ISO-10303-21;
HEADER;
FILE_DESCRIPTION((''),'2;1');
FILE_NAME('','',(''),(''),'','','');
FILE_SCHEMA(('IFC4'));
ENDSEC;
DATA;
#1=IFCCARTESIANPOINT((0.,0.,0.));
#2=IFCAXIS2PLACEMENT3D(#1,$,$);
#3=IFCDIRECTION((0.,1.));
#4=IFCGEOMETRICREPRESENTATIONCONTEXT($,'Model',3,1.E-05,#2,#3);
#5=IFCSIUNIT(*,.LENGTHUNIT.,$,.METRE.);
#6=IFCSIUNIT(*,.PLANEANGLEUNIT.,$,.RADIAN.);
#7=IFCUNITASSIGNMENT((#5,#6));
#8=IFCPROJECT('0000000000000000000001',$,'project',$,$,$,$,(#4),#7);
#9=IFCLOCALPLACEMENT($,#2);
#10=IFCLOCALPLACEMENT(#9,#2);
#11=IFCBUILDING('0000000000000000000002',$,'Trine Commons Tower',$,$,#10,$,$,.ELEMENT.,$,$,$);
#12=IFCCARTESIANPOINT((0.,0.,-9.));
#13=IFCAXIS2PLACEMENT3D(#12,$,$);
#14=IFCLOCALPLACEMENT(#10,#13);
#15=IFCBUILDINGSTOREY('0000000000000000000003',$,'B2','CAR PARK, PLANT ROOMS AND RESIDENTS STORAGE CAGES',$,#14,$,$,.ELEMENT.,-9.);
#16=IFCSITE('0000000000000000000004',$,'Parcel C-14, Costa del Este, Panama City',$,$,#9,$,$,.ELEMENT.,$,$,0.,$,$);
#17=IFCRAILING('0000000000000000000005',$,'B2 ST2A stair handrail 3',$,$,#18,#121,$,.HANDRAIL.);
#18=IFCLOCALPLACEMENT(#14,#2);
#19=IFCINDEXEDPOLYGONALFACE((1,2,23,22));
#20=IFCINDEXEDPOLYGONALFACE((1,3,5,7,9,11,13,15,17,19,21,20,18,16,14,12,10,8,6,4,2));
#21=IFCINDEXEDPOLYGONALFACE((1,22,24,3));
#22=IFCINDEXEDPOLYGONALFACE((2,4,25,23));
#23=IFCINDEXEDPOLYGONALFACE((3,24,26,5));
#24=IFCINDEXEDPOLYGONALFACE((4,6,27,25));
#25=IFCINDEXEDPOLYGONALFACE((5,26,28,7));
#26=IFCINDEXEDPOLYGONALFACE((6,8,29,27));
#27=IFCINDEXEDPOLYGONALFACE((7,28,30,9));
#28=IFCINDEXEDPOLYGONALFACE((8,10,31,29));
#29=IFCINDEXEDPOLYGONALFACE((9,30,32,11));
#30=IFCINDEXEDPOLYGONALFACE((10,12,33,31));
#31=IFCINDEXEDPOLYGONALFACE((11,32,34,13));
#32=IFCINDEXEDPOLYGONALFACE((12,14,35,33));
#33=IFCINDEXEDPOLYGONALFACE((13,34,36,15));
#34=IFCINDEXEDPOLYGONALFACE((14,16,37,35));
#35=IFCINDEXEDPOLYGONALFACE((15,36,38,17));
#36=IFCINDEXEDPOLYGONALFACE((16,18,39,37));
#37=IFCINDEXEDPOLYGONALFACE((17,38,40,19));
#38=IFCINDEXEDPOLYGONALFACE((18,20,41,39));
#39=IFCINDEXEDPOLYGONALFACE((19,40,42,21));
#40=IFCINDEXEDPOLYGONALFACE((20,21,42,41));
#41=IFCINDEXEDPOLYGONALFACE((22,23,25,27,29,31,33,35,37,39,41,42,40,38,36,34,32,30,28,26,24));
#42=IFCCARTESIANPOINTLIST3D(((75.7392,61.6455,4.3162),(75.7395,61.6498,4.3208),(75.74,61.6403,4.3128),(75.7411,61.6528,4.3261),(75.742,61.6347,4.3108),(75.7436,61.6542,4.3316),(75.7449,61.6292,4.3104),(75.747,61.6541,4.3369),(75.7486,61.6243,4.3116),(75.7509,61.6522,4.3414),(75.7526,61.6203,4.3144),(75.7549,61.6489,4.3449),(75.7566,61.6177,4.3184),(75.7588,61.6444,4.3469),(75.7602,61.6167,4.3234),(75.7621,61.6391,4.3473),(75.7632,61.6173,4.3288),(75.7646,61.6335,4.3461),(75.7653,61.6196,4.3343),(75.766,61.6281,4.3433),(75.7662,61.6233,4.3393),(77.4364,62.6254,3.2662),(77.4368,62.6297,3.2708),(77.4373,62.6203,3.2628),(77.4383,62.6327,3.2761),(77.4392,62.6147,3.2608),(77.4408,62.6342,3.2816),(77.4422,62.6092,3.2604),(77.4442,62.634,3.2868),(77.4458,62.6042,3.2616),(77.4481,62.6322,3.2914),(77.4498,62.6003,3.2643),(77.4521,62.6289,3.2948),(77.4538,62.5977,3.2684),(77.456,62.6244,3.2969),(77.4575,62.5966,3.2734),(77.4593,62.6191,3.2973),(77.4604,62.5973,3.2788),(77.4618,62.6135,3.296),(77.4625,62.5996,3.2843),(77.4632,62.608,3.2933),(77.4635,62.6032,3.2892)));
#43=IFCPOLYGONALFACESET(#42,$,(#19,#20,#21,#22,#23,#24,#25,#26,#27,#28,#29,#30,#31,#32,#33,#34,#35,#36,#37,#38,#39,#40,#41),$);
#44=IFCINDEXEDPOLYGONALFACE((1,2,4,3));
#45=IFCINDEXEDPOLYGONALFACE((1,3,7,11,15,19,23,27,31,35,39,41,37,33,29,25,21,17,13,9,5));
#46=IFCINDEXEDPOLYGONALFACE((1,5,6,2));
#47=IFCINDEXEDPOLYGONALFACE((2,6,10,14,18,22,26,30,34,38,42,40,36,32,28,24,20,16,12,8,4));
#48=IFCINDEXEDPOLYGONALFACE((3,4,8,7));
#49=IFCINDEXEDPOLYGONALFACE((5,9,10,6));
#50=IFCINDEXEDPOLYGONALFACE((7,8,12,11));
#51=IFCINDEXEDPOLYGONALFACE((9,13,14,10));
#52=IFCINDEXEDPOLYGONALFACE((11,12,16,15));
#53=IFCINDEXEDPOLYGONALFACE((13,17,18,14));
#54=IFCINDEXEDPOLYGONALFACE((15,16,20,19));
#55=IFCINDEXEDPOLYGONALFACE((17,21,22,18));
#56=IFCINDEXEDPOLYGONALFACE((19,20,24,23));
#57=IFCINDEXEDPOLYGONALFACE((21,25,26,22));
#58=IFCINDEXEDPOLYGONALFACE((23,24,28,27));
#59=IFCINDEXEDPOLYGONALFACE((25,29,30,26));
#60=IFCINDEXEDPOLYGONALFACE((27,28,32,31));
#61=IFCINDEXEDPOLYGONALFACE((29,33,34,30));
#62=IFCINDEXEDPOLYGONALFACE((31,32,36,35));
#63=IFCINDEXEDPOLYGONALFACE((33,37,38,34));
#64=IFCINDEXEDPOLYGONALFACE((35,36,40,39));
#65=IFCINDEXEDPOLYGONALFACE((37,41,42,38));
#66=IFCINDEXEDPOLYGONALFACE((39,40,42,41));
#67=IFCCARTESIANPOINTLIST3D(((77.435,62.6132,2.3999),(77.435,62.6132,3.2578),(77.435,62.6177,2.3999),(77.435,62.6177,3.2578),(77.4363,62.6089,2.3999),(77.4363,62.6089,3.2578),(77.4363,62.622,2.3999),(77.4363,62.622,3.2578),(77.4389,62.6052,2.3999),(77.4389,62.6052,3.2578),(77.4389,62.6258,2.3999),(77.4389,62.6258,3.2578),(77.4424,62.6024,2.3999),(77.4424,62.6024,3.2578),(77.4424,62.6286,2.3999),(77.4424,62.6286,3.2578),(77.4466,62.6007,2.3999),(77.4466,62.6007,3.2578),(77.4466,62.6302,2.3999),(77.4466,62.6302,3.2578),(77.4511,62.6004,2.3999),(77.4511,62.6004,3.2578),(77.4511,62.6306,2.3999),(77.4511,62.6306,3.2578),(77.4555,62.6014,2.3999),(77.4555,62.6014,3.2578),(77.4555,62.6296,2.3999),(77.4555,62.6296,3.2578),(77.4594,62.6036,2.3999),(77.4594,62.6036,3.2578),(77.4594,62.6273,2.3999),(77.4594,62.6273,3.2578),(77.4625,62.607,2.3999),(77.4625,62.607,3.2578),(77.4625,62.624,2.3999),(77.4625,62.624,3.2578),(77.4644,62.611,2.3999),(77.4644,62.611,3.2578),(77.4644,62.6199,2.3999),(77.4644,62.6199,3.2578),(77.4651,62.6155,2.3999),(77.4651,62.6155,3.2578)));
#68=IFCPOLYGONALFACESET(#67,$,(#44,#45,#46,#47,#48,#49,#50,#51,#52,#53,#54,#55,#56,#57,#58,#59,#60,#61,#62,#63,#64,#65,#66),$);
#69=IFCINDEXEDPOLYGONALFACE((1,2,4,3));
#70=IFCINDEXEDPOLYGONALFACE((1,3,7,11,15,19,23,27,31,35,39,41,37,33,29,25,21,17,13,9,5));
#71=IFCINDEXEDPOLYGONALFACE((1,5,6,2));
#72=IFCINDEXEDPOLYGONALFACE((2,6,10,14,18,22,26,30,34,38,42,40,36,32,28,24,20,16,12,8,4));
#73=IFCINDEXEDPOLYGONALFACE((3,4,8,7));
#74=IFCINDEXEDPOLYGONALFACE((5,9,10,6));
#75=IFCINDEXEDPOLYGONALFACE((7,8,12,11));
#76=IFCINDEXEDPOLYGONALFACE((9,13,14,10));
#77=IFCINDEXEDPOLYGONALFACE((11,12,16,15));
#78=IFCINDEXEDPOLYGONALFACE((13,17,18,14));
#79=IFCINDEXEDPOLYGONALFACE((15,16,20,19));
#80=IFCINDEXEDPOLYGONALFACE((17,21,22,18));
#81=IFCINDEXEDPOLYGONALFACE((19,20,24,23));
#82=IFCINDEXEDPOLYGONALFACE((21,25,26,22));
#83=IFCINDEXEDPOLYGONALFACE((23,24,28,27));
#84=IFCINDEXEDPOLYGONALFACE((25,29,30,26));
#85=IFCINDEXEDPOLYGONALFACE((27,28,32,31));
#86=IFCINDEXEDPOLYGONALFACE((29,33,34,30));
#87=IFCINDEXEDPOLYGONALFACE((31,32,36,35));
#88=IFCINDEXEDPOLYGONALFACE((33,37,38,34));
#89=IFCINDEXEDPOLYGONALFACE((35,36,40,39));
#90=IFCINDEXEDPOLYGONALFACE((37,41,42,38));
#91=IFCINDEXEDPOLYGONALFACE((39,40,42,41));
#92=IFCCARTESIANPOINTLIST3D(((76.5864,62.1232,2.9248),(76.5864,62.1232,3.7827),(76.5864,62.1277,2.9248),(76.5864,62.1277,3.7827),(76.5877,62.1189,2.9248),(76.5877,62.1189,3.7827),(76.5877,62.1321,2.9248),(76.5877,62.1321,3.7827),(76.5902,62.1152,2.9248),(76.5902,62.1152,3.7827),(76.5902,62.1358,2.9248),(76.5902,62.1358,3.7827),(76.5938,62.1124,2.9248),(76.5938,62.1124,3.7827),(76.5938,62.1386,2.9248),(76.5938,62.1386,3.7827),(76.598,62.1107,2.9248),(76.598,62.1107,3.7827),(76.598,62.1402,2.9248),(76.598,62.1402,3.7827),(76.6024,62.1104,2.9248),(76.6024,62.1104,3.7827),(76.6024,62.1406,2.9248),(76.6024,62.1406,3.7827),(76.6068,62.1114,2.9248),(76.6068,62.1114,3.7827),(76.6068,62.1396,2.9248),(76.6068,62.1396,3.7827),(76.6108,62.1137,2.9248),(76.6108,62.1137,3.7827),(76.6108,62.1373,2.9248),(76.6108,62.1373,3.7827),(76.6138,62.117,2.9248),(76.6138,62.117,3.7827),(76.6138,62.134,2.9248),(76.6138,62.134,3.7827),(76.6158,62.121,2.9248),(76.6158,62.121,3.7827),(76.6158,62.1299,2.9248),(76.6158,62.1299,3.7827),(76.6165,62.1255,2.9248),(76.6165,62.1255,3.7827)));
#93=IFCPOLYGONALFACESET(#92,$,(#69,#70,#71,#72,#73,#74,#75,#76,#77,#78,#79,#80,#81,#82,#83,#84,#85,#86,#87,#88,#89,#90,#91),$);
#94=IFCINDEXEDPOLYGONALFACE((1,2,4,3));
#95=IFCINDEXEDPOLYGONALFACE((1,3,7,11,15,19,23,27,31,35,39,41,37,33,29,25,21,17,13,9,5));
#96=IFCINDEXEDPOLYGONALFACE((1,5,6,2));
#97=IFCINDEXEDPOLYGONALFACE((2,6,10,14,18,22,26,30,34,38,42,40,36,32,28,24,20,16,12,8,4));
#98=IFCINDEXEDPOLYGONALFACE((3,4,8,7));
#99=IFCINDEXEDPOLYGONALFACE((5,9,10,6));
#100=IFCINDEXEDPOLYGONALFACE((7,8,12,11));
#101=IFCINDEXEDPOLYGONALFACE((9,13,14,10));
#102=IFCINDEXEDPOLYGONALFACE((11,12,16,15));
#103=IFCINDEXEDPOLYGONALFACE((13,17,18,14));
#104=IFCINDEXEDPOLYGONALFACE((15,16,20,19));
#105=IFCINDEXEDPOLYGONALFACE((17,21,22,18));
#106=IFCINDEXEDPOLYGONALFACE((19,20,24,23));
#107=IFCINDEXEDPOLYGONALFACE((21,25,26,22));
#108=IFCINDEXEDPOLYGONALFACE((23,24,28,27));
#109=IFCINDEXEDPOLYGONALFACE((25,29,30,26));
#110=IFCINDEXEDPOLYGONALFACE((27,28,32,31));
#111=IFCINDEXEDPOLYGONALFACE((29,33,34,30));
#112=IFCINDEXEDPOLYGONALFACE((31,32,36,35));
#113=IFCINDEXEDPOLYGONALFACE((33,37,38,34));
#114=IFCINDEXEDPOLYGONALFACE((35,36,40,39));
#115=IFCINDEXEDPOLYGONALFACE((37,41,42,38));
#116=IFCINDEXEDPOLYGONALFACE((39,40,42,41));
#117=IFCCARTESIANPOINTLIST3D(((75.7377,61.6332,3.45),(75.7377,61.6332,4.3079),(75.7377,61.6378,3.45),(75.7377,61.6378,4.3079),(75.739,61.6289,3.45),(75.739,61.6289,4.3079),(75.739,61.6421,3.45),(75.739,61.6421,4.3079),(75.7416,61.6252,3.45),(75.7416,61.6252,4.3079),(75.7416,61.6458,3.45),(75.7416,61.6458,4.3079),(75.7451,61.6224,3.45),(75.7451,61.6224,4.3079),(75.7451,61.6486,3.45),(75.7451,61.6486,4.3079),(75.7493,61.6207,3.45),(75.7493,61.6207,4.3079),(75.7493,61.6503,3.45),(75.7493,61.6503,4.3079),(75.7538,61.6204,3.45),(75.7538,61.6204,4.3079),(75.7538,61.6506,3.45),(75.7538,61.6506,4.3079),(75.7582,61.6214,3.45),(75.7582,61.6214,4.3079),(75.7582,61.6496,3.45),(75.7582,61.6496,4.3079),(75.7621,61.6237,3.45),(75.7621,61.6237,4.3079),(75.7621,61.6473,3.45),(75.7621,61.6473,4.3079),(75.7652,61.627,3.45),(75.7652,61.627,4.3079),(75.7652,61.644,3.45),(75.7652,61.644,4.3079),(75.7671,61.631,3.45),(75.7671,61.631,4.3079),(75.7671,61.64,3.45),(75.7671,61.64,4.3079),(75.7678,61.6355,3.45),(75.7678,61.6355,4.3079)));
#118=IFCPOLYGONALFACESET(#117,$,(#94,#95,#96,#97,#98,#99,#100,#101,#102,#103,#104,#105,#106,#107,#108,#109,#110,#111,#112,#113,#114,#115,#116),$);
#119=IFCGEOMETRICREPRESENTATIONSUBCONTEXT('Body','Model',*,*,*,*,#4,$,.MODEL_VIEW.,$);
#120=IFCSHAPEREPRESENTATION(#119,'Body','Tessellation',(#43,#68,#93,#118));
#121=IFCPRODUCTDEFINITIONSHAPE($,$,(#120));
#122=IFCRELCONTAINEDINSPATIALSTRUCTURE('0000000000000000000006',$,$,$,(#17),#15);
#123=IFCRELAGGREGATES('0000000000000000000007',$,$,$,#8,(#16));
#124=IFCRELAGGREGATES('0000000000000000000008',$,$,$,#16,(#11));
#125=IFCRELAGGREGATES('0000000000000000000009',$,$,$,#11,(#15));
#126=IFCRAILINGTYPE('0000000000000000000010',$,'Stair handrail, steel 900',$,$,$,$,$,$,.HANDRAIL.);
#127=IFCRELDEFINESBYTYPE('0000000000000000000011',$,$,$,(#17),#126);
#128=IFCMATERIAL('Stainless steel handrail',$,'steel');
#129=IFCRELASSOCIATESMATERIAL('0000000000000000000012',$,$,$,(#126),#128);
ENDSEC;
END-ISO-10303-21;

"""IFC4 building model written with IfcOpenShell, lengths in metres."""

from ifc_helpers import new_model, si_unit, direction, frame, origin, origin_2d, place, context, subcontext, project, spatial, circle, extrude, material, type_object, element, save


model = new_model("IFC4")

# Units and contexts
model_context = context("Model", 3, precision=1e-05, world=origin(), true_north=direction((0.0, 1.0)))
body_context = subcontext(model_context, "Body", "Model", "MODEL_VIEW")
ifc_project = project(units=[si_unit("LENGTHUNIT", "METRE"), si_unit("PLANEANGLEUNIT", "RADIAN")], contexts=[model_context])

# Site, building, storey
site_placement = place(None, origin())
site = spatial("IfcSite", under=ifc_project, at=site_placement, Name="Parcel C-14, Costa del Este, Panama City", CompositionType="ELEMENT", RefElevation=0.0)
building_placement = place(site_placement, origin())
building = spatial("IfcBuilding", under=site, at=building_placement, Name="Trine Commons Tower", CompositionType="ELEMENT")
storey_placement = place(building_placement, frame((0.0, 0.0, -9.0)))
storey = spatial("IfcBuildingStorey", under=building, at=storey_placement, Name="B2", Description="CAR PARK, PLANT ROOMS AND RESIDENTS STORAGE CAGES", CompositionType="ELEMENT", Elevation=-9.0)

# Railing
ifc_material_1 = material(Name="Stainless steel handrail", Category="steel")
railing_type_1 = type_object("IfcRailingType", Name="Stair handrail, steel 900", PredefinedType="HANDRAIL", material=ifc_material_1)
railing_1_placement = place(storey_placement, frame((77.45, 62.6155, 2.3999)))
element("IfcRailing", 1, at=railing_1_placement, inside=storey, type_object=railing_type_1, Name="B2 ST2A stair handrail 3", PredefinedType="HANDRAIL", context=body_context, shape_type="SweptSolid", body=[
    extrude(circle(Radius=0.021, at=origin_2d()), frame((0.0, 0.0, 0.8789), z_axis=(-0.763352, -0.44075, 0.472264), x_axis=(0.500024, -0.866011, 0.0)), (0.0, 0.0, 1.0), 2.2234),
    extrude(circle(Radius=0.0151, at=origin_2d()), origin(), (0.0, 0.0, 1.0), 0.8579),
    extrude(circle(Radius=0.0151, at=origin_2d()), frame((-0.8486, -0.49, 0.5249)), (0.0, 0.0, 1.0), 0.8579),
    extrude(circle(Radius=0.0151, at=origin_2d()), frame((-1.6973, -0.98, 1.05)), (0.0, 0.0, 1.0), 0.8579),
])

save(model, "model.ifc")
